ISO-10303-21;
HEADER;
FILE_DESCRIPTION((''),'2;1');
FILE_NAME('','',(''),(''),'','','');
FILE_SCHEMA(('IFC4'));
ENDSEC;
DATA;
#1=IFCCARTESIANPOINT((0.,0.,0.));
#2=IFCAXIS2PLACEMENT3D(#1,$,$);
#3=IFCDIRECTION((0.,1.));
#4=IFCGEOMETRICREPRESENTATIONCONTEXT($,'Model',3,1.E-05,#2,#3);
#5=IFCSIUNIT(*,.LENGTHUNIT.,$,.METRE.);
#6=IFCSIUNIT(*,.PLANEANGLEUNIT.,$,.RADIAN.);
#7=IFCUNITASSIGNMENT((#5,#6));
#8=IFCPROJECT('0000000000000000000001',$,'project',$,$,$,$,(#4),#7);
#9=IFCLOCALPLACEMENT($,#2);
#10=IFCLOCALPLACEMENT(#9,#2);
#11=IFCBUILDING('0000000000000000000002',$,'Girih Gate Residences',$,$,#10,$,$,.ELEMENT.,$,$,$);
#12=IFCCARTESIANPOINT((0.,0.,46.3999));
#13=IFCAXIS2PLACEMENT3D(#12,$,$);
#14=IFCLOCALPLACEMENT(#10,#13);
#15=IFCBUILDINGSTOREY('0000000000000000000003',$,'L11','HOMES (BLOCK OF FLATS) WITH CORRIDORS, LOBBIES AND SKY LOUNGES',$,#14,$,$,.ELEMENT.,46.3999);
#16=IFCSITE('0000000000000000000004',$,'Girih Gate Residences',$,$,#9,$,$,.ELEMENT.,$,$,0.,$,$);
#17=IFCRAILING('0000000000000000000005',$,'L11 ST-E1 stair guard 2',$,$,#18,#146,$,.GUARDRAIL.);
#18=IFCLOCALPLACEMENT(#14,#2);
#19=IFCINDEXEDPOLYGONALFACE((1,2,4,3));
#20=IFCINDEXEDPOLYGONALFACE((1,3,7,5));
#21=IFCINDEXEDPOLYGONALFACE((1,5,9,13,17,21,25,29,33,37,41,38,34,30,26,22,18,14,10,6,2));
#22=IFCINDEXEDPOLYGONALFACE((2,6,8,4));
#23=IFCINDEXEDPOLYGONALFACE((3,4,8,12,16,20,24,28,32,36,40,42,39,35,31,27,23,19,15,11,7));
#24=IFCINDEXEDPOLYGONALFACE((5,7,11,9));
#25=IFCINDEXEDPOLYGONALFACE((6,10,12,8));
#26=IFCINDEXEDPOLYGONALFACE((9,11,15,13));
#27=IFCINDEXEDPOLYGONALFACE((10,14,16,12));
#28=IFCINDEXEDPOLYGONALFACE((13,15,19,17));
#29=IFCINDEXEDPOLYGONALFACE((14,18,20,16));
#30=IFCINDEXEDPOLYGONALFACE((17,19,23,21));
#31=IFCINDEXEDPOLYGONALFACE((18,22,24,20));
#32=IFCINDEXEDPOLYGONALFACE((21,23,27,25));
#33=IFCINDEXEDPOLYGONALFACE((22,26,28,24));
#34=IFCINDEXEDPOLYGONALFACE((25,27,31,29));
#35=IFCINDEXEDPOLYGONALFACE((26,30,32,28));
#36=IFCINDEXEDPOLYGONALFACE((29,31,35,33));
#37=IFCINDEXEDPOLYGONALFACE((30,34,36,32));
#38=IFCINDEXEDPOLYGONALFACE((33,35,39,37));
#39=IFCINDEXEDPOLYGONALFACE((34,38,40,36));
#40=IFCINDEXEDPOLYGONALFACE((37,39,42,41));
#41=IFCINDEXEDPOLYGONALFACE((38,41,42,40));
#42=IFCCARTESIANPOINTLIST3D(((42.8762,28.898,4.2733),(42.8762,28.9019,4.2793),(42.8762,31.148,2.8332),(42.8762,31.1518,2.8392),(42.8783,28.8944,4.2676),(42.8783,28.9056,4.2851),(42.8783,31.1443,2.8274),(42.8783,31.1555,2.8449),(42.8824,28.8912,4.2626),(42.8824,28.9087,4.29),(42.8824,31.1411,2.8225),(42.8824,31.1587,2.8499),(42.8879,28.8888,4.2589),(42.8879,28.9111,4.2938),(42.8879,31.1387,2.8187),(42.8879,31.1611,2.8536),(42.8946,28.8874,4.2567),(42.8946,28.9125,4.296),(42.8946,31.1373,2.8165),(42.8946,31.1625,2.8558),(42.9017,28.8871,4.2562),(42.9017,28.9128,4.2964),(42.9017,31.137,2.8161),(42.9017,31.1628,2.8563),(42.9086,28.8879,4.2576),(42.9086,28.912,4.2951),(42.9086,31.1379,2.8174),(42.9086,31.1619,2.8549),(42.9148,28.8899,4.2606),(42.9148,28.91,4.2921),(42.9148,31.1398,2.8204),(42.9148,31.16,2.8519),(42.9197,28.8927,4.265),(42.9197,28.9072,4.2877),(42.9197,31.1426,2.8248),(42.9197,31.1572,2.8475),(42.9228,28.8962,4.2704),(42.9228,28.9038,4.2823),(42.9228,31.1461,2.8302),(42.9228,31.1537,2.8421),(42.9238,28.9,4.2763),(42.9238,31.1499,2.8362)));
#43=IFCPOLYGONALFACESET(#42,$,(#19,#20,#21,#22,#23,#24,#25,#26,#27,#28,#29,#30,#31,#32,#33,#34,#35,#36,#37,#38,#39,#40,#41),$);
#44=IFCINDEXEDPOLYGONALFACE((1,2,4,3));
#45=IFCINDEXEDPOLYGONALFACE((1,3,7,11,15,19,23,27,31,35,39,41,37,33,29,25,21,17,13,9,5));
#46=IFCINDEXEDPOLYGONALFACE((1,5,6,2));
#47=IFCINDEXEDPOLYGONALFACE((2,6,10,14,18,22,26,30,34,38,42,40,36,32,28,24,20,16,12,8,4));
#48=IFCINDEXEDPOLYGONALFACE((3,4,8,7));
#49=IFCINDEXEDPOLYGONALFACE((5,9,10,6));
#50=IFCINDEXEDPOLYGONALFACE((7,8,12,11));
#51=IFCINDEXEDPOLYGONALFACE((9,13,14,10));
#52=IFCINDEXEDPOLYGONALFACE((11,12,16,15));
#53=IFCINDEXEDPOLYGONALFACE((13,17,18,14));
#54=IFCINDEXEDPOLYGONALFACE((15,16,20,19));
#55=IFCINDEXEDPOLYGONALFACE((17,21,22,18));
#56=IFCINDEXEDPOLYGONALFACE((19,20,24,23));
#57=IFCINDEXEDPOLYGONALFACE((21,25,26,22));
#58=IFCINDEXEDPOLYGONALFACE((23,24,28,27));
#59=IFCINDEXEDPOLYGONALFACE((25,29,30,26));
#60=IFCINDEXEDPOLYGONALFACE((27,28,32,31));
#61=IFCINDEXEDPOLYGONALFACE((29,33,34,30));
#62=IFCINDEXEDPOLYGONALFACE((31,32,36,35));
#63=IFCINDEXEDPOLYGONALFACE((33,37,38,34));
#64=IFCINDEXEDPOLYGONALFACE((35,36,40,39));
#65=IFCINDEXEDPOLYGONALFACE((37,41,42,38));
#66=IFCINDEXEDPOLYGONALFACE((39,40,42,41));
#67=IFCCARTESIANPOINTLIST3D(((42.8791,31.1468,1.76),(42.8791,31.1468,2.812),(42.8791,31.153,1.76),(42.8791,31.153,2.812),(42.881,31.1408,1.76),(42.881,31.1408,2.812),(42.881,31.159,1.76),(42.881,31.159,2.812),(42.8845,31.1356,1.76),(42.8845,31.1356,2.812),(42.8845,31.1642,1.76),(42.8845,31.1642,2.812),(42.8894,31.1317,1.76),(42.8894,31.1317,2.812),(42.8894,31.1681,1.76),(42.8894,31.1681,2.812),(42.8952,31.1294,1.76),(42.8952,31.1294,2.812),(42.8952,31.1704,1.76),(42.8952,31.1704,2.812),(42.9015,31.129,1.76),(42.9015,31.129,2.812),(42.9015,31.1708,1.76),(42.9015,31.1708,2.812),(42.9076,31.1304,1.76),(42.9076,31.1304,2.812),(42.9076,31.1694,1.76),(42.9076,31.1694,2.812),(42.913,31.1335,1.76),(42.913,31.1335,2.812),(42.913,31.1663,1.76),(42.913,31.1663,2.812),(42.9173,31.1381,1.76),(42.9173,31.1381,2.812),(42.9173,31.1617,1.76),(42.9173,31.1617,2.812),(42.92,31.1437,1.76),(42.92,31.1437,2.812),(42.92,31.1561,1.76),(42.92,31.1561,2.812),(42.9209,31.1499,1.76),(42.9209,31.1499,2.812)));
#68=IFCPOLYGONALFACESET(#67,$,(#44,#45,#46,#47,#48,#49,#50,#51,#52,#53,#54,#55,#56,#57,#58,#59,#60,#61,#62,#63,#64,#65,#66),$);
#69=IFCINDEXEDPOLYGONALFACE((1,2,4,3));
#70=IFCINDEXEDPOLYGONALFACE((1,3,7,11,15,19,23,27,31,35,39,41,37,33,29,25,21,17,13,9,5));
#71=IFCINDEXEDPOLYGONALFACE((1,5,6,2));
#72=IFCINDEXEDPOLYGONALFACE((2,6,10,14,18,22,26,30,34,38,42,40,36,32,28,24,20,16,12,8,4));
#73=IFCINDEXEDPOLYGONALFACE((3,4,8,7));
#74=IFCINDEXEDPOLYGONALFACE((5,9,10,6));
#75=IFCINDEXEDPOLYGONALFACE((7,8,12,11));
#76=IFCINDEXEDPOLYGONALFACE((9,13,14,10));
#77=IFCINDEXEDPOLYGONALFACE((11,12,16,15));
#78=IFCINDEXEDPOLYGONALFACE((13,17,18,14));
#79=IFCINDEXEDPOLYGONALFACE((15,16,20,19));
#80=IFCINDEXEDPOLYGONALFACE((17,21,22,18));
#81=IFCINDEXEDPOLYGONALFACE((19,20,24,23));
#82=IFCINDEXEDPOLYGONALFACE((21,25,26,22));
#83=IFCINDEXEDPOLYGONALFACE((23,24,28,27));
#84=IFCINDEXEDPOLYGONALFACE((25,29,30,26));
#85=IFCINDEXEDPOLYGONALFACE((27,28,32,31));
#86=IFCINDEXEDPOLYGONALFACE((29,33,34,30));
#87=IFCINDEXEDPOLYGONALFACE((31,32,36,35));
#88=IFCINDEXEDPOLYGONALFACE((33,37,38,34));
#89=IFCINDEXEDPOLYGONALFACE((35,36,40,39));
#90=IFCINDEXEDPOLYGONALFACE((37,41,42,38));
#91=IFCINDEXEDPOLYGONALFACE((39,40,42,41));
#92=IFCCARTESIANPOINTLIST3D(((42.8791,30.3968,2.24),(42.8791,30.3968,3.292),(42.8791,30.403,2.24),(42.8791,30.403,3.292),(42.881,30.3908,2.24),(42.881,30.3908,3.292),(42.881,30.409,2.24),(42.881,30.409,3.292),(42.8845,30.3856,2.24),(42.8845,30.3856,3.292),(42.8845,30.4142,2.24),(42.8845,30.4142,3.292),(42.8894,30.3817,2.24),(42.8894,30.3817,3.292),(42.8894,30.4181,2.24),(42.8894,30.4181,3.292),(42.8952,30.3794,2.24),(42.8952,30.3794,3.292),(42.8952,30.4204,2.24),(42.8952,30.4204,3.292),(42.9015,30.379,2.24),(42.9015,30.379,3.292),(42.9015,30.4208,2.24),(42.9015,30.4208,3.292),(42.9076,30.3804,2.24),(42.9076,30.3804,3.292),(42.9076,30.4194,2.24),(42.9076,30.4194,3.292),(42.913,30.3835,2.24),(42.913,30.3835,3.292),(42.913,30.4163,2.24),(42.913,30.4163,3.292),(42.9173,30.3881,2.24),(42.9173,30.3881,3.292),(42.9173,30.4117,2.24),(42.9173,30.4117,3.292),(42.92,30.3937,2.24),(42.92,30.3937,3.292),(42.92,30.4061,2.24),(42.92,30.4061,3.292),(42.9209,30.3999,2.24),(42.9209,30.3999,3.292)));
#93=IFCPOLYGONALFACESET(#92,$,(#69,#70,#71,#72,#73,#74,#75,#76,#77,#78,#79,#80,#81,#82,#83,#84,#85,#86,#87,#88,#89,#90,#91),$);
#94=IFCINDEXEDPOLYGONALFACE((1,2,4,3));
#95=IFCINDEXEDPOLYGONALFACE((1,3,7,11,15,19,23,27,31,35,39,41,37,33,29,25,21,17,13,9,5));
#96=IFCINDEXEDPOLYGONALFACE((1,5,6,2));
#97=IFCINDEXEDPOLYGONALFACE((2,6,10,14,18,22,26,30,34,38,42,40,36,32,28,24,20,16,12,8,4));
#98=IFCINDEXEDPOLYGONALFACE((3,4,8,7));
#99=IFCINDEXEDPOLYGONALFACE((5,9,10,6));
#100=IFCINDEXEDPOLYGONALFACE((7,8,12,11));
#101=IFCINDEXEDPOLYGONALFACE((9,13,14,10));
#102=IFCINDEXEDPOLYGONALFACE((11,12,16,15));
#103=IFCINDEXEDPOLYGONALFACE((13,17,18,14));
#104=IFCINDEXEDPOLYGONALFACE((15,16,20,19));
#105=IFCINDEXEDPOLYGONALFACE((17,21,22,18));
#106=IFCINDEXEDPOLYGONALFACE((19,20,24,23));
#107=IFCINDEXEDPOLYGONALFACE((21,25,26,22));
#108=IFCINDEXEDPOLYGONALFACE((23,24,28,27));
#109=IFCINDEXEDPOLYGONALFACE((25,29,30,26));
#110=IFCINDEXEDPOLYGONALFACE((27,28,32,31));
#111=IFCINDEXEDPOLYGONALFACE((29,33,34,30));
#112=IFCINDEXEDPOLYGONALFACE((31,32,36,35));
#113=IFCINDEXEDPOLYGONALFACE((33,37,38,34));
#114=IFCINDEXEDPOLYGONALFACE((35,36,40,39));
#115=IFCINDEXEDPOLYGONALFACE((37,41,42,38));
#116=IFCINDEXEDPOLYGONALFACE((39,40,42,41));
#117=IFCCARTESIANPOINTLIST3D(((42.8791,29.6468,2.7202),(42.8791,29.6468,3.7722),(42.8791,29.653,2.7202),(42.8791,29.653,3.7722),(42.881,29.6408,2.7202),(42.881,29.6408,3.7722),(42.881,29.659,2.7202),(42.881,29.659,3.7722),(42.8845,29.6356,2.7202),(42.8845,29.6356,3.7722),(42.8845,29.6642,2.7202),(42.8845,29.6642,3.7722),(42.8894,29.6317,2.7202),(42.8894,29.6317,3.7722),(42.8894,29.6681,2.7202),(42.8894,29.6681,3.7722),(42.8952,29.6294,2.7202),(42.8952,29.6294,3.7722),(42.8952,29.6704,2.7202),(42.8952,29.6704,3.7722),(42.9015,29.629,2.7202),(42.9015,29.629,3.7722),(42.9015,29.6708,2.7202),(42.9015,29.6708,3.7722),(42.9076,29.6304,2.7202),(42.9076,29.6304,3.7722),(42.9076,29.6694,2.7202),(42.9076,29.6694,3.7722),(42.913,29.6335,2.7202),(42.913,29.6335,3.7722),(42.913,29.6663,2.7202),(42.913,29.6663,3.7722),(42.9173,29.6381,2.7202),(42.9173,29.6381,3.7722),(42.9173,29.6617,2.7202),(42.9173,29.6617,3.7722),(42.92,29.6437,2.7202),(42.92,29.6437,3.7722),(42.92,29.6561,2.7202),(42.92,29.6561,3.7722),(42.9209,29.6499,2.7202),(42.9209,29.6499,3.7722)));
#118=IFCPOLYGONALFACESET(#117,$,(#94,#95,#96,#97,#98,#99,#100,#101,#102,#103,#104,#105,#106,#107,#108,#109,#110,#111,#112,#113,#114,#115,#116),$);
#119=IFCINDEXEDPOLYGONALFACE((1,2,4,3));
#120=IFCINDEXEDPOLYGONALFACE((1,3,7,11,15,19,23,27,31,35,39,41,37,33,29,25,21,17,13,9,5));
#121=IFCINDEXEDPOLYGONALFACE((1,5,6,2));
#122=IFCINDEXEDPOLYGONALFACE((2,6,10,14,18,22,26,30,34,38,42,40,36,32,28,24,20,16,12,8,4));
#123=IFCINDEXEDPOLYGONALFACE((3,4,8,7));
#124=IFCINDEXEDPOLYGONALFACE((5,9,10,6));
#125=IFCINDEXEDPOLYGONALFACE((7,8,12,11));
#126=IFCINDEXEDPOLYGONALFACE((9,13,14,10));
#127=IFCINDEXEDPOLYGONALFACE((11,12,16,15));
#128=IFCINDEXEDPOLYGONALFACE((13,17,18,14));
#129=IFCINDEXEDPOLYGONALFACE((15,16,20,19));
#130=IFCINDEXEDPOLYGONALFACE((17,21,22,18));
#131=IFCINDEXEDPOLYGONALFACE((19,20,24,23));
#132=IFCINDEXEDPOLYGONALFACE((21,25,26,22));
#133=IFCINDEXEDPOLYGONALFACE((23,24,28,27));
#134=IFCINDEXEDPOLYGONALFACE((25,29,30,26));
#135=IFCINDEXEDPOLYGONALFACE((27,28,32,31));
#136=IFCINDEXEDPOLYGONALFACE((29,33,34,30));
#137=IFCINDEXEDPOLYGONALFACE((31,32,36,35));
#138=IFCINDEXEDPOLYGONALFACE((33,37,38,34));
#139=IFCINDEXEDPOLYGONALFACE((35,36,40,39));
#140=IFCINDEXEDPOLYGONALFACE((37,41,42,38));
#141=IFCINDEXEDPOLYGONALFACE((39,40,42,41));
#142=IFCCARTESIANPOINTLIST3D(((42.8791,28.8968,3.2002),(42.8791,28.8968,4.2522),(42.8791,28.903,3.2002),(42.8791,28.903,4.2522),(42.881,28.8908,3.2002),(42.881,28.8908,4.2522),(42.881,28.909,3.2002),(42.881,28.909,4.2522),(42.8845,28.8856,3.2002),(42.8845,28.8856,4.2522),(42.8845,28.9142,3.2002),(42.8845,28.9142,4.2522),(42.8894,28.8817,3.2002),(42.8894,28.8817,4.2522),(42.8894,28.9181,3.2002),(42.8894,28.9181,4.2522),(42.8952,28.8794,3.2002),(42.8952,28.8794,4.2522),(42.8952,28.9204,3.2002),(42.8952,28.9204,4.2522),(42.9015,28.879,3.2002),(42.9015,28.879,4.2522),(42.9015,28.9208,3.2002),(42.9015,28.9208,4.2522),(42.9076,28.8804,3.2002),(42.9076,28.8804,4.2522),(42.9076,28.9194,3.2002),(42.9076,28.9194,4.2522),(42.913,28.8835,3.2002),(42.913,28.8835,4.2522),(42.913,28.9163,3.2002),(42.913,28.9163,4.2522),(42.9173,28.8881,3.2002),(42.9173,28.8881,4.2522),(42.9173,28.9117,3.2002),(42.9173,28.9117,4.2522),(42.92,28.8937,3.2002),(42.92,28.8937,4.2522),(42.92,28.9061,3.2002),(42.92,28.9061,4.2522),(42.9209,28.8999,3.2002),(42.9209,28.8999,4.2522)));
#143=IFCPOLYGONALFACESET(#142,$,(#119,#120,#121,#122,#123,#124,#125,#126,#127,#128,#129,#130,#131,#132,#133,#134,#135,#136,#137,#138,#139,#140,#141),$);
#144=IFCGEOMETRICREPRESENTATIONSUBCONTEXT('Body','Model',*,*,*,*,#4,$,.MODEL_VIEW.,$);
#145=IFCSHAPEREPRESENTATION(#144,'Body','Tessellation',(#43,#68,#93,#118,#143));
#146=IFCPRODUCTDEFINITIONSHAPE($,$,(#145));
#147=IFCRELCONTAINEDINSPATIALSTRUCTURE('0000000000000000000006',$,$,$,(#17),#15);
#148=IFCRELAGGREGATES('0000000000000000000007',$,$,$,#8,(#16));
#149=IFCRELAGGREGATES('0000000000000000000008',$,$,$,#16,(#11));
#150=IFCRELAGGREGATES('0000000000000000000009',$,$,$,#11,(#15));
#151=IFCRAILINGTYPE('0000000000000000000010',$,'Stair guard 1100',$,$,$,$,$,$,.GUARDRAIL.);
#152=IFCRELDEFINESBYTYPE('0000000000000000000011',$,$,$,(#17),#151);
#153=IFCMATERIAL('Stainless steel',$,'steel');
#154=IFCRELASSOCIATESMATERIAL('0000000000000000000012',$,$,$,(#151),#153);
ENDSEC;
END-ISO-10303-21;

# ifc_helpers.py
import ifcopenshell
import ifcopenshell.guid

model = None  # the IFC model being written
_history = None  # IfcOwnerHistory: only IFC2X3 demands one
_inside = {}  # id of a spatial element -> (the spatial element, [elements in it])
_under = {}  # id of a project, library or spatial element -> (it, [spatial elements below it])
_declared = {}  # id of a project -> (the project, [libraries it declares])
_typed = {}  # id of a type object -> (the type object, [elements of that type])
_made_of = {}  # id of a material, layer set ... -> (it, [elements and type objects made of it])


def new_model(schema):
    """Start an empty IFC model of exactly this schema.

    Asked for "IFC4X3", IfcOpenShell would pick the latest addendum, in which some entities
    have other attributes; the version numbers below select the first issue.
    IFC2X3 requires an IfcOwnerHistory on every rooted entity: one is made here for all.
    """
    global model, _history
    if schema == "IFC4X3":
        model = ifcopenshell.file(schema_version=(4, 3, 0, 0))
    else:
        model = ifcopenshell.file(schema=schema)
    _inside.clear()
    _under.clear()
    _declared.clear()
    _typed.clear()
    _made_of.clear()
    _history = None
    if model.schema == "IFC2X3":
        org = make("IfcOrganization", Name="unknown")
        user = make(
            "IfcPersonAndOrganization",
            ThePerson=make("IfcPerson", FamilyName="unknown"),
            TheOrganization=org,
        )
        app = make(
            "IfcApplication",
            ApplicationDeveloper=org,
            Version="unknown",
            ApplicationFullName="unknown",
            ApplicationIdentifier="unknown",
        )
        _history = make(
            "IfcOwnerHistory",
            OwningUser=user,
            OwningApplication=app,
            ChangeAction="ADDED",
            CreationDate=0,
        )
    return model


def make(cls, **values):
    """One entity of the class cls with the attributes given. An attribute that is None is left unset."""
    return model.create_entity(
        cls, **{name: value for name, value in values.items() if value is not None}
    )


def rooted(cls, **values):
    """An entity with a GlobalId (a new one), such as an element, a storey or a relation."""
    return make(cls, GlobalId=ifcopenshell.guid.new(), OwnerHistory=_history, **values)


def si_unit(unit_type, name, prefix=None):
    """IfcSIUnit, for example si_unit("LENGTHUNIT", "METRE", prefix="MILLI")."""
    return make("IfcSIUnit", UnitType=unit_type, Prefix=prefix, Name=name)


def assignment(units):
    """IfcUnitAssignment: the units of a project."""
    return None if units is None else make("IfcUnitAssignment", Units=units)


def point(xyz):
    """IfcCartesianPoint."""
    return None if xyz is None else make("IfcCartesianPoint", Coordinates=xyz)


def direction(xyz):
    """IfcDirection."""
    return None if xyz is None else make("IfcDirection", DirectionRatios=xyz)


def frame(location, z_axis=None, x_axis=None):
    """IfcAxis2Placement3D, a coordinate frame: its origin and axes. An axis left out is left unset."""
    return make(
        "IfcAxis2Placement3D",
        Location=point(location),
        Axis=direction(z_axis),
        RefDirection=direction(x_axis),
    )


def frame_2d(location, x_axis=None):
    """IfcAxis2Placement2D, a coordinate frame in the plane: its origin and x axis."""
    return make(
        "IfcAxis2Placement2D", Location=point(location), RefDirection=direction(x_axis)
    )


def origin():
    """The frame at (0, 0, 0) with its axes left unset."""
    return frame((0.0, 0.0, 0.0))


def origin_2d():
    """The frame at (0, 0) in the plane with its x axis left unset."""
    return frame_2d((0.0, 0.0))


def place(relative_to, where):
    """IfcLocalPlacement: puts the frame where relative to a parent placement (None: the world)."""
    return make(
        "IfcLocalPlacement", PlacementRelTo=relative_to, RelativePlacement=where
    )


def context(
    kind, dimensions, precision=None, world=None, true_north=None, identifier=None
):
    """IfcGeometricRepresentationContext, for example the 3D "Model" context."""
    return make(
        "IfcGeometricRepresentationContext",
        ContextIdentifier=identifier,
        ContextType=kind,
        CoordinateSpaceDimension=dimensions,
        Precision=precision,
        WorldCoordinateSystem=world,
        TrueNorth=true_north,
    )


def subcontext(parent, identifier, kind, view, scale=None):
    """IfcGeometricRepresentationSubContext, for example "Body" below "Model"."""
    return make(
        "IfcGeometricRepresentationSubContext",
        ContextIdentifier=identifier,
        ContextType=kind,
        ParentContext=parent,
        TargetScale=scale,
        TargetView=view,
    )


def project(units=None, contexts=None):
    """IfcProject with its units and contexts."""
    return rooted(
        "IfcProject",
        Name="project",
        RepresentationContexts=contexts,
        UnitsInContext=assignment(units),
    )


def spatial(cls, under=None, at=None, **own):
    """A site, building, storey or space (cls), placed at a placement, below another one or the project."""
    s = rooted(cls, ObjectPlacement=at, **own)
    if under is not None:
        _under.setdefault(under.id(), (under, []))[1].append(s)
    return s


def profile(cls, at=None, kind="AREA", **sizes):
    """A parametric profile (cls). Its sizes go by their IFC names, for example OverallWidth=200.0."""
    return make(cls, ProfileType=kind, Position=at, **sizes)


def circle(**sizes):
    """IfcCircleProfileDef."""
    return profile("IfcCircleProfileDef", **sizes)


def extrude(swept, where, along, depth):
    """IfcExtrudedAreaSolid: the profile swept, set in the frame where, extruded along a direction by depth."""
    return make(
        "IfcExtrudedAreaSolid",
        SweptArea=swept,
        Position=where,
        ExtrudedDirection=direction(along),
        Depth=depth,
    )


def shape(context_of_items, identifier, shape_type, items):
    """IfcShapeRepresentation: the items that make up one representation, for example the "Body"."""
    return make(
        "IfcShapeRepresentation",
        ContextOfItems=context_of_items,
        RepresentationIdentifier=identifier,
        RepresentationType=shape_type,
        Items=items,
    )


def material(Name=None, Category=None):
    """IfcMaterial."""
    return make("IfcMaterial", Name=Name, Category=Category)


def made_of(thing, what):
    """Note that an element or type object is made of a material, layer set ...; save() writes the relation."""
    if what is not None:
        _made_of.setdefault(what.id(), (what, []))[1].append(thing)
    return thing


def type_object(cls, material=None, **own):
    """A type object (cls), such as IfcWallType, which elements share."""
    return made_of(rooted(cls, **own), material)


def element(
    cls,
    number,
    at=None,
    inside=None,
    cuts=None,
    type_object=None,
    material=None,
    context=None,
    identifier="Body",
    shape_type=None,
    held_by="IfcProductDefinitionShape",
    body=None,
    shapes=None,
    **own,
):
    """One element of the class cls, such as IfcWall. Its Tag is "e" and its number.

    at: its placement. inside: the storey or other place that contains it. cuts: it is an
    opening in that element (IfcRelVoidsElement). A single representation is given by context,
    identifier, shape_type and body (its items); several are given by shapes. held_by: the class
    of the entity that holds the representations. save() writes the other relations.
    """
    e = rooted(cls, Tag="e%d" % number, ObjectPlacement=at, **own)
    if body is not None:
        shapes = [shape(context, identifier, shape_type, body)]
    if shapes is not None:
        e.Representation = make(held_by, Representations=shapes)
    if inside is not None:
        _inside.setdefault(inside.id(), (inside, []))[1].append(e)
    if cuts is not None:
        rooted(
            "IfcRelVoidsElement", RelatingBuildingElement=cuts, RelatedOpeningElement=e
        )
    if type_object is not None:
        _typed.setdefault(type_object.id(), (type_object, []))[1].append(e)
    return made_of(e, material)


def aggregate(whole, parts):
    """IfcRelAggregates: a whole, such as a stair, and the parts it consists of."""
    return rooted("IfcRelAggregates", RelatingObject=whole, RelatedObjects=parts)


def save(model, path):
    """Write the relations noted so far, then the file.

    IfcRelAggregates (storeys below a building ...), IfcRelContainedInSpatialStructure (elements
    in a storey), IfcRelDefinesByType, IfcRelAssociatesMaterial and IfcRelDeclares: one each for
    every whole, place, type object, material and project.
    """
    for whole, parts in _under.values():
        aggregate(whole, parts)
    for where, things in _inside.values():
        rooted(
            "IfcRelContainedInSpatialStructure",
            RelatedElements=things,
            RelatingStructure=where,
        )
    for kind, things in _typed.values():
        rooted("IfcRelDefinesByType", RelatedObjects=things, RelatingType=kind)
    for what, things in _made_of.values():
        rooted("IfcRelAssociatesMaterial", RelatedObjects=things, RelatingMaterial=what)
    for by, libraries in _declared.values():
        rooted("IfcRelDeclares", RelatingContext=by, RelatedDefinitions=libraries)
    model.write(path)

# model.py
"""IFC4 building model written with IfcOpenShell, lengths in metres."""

from ifc_helpers import new_model, si_unit, direction, frame, origin, origin_2d, place, context, subcontext, project, spatial, circle, extrude, material, type_object, element, save


model = new_model("IFC4")

# Units and contexts
model_context = context("Model", 3, precision=1e-05, world=origin(), true_north=direction((0.0, 1.0)))
body_context = subcontext(model_context, "Body", "Model", "MODEL_VIEW")
ifc_project = project(units=[si_unit("LENGTHUNIT", "METRE"), si_unit("PLANEANGLEUNIT", "RADIAN")], contexts=[model_context])

# Site, building, storey
site_placement = place(None, origin())
site = spatial("IfcSite", under=ifc_project, at=site_placement, Name="Girih Gate Residences", CompositionType="ELEMENT", RefElevation=0.0)
building_placement = place(site_placement, origin())
building = spatial("IfcBuilding", under=site, at=building_placement, Name="Girih Gate Residences", CompositionType="ELEMENT")
storey_placement = place(building_placement, frame((0.0, 0.0, 46.3999)))
storey = spatial("IfcBuildingStorey", under=building, at=storey_placement, Name="L11", Description="HOMES (BLOCK OF FLATS) WITH CORRIDORS, LOBBIES AND SKY LOUNGES", CompositionType="ELEMENT", Elevation=46.3999)

# Railing
ifc_material_1 = material(Name="Stainless steel", Category="steel")
railing_type_1 = type_object("IfcRailingType", Name="Stair guard 1100", PredefinedType="GUARDRAIL", material=ifc_material_1)
railing_1_placement = place(storey_placement, frame((42.8999, 31.1499, 1.76)))
element("IfcRailing", 1, at=railing_1_placement, inside=storey, type_object=railing_type_1, Name="L11 ST-E1 stair guard 2", PredefinedType="GUARDRAIL", context=body_context, shape_type="SweptSolid", body=[
    extrude(circle(Radius=0.0239, at=origin_2d()), frame((0.0, 0.0, 1.0762), z_axis=(0.0, -0.84224, 0.539103), x_axis=(1.0, 0.0, 0.0)), (0.0, 0.0, 1.0), 2.6714),
    extrude(circle(Radius=0.021, at=origin_2d()), origin(), (0.0, 0.0, 1.0), 1.052),
    extrude(circle(Radius=0.021, at=origin_2d()), frame((0.0, -0.75, 0.48)), (0.0, 0.0, 1.0), 1.052),
    extrude(circle(Radius=0.021, at=origin_2d()), frame((0.0, -1.5, 0.9602)), (0.0, 0.0, 1.0), 1.052),
    extrude(circle(Radius=0.021, at=origin_2d()), frame((0.0, -2.25, 1.4402)), (0.0, 0.0, 1.0), 1.052),
])

save(model, "model.ifc")
